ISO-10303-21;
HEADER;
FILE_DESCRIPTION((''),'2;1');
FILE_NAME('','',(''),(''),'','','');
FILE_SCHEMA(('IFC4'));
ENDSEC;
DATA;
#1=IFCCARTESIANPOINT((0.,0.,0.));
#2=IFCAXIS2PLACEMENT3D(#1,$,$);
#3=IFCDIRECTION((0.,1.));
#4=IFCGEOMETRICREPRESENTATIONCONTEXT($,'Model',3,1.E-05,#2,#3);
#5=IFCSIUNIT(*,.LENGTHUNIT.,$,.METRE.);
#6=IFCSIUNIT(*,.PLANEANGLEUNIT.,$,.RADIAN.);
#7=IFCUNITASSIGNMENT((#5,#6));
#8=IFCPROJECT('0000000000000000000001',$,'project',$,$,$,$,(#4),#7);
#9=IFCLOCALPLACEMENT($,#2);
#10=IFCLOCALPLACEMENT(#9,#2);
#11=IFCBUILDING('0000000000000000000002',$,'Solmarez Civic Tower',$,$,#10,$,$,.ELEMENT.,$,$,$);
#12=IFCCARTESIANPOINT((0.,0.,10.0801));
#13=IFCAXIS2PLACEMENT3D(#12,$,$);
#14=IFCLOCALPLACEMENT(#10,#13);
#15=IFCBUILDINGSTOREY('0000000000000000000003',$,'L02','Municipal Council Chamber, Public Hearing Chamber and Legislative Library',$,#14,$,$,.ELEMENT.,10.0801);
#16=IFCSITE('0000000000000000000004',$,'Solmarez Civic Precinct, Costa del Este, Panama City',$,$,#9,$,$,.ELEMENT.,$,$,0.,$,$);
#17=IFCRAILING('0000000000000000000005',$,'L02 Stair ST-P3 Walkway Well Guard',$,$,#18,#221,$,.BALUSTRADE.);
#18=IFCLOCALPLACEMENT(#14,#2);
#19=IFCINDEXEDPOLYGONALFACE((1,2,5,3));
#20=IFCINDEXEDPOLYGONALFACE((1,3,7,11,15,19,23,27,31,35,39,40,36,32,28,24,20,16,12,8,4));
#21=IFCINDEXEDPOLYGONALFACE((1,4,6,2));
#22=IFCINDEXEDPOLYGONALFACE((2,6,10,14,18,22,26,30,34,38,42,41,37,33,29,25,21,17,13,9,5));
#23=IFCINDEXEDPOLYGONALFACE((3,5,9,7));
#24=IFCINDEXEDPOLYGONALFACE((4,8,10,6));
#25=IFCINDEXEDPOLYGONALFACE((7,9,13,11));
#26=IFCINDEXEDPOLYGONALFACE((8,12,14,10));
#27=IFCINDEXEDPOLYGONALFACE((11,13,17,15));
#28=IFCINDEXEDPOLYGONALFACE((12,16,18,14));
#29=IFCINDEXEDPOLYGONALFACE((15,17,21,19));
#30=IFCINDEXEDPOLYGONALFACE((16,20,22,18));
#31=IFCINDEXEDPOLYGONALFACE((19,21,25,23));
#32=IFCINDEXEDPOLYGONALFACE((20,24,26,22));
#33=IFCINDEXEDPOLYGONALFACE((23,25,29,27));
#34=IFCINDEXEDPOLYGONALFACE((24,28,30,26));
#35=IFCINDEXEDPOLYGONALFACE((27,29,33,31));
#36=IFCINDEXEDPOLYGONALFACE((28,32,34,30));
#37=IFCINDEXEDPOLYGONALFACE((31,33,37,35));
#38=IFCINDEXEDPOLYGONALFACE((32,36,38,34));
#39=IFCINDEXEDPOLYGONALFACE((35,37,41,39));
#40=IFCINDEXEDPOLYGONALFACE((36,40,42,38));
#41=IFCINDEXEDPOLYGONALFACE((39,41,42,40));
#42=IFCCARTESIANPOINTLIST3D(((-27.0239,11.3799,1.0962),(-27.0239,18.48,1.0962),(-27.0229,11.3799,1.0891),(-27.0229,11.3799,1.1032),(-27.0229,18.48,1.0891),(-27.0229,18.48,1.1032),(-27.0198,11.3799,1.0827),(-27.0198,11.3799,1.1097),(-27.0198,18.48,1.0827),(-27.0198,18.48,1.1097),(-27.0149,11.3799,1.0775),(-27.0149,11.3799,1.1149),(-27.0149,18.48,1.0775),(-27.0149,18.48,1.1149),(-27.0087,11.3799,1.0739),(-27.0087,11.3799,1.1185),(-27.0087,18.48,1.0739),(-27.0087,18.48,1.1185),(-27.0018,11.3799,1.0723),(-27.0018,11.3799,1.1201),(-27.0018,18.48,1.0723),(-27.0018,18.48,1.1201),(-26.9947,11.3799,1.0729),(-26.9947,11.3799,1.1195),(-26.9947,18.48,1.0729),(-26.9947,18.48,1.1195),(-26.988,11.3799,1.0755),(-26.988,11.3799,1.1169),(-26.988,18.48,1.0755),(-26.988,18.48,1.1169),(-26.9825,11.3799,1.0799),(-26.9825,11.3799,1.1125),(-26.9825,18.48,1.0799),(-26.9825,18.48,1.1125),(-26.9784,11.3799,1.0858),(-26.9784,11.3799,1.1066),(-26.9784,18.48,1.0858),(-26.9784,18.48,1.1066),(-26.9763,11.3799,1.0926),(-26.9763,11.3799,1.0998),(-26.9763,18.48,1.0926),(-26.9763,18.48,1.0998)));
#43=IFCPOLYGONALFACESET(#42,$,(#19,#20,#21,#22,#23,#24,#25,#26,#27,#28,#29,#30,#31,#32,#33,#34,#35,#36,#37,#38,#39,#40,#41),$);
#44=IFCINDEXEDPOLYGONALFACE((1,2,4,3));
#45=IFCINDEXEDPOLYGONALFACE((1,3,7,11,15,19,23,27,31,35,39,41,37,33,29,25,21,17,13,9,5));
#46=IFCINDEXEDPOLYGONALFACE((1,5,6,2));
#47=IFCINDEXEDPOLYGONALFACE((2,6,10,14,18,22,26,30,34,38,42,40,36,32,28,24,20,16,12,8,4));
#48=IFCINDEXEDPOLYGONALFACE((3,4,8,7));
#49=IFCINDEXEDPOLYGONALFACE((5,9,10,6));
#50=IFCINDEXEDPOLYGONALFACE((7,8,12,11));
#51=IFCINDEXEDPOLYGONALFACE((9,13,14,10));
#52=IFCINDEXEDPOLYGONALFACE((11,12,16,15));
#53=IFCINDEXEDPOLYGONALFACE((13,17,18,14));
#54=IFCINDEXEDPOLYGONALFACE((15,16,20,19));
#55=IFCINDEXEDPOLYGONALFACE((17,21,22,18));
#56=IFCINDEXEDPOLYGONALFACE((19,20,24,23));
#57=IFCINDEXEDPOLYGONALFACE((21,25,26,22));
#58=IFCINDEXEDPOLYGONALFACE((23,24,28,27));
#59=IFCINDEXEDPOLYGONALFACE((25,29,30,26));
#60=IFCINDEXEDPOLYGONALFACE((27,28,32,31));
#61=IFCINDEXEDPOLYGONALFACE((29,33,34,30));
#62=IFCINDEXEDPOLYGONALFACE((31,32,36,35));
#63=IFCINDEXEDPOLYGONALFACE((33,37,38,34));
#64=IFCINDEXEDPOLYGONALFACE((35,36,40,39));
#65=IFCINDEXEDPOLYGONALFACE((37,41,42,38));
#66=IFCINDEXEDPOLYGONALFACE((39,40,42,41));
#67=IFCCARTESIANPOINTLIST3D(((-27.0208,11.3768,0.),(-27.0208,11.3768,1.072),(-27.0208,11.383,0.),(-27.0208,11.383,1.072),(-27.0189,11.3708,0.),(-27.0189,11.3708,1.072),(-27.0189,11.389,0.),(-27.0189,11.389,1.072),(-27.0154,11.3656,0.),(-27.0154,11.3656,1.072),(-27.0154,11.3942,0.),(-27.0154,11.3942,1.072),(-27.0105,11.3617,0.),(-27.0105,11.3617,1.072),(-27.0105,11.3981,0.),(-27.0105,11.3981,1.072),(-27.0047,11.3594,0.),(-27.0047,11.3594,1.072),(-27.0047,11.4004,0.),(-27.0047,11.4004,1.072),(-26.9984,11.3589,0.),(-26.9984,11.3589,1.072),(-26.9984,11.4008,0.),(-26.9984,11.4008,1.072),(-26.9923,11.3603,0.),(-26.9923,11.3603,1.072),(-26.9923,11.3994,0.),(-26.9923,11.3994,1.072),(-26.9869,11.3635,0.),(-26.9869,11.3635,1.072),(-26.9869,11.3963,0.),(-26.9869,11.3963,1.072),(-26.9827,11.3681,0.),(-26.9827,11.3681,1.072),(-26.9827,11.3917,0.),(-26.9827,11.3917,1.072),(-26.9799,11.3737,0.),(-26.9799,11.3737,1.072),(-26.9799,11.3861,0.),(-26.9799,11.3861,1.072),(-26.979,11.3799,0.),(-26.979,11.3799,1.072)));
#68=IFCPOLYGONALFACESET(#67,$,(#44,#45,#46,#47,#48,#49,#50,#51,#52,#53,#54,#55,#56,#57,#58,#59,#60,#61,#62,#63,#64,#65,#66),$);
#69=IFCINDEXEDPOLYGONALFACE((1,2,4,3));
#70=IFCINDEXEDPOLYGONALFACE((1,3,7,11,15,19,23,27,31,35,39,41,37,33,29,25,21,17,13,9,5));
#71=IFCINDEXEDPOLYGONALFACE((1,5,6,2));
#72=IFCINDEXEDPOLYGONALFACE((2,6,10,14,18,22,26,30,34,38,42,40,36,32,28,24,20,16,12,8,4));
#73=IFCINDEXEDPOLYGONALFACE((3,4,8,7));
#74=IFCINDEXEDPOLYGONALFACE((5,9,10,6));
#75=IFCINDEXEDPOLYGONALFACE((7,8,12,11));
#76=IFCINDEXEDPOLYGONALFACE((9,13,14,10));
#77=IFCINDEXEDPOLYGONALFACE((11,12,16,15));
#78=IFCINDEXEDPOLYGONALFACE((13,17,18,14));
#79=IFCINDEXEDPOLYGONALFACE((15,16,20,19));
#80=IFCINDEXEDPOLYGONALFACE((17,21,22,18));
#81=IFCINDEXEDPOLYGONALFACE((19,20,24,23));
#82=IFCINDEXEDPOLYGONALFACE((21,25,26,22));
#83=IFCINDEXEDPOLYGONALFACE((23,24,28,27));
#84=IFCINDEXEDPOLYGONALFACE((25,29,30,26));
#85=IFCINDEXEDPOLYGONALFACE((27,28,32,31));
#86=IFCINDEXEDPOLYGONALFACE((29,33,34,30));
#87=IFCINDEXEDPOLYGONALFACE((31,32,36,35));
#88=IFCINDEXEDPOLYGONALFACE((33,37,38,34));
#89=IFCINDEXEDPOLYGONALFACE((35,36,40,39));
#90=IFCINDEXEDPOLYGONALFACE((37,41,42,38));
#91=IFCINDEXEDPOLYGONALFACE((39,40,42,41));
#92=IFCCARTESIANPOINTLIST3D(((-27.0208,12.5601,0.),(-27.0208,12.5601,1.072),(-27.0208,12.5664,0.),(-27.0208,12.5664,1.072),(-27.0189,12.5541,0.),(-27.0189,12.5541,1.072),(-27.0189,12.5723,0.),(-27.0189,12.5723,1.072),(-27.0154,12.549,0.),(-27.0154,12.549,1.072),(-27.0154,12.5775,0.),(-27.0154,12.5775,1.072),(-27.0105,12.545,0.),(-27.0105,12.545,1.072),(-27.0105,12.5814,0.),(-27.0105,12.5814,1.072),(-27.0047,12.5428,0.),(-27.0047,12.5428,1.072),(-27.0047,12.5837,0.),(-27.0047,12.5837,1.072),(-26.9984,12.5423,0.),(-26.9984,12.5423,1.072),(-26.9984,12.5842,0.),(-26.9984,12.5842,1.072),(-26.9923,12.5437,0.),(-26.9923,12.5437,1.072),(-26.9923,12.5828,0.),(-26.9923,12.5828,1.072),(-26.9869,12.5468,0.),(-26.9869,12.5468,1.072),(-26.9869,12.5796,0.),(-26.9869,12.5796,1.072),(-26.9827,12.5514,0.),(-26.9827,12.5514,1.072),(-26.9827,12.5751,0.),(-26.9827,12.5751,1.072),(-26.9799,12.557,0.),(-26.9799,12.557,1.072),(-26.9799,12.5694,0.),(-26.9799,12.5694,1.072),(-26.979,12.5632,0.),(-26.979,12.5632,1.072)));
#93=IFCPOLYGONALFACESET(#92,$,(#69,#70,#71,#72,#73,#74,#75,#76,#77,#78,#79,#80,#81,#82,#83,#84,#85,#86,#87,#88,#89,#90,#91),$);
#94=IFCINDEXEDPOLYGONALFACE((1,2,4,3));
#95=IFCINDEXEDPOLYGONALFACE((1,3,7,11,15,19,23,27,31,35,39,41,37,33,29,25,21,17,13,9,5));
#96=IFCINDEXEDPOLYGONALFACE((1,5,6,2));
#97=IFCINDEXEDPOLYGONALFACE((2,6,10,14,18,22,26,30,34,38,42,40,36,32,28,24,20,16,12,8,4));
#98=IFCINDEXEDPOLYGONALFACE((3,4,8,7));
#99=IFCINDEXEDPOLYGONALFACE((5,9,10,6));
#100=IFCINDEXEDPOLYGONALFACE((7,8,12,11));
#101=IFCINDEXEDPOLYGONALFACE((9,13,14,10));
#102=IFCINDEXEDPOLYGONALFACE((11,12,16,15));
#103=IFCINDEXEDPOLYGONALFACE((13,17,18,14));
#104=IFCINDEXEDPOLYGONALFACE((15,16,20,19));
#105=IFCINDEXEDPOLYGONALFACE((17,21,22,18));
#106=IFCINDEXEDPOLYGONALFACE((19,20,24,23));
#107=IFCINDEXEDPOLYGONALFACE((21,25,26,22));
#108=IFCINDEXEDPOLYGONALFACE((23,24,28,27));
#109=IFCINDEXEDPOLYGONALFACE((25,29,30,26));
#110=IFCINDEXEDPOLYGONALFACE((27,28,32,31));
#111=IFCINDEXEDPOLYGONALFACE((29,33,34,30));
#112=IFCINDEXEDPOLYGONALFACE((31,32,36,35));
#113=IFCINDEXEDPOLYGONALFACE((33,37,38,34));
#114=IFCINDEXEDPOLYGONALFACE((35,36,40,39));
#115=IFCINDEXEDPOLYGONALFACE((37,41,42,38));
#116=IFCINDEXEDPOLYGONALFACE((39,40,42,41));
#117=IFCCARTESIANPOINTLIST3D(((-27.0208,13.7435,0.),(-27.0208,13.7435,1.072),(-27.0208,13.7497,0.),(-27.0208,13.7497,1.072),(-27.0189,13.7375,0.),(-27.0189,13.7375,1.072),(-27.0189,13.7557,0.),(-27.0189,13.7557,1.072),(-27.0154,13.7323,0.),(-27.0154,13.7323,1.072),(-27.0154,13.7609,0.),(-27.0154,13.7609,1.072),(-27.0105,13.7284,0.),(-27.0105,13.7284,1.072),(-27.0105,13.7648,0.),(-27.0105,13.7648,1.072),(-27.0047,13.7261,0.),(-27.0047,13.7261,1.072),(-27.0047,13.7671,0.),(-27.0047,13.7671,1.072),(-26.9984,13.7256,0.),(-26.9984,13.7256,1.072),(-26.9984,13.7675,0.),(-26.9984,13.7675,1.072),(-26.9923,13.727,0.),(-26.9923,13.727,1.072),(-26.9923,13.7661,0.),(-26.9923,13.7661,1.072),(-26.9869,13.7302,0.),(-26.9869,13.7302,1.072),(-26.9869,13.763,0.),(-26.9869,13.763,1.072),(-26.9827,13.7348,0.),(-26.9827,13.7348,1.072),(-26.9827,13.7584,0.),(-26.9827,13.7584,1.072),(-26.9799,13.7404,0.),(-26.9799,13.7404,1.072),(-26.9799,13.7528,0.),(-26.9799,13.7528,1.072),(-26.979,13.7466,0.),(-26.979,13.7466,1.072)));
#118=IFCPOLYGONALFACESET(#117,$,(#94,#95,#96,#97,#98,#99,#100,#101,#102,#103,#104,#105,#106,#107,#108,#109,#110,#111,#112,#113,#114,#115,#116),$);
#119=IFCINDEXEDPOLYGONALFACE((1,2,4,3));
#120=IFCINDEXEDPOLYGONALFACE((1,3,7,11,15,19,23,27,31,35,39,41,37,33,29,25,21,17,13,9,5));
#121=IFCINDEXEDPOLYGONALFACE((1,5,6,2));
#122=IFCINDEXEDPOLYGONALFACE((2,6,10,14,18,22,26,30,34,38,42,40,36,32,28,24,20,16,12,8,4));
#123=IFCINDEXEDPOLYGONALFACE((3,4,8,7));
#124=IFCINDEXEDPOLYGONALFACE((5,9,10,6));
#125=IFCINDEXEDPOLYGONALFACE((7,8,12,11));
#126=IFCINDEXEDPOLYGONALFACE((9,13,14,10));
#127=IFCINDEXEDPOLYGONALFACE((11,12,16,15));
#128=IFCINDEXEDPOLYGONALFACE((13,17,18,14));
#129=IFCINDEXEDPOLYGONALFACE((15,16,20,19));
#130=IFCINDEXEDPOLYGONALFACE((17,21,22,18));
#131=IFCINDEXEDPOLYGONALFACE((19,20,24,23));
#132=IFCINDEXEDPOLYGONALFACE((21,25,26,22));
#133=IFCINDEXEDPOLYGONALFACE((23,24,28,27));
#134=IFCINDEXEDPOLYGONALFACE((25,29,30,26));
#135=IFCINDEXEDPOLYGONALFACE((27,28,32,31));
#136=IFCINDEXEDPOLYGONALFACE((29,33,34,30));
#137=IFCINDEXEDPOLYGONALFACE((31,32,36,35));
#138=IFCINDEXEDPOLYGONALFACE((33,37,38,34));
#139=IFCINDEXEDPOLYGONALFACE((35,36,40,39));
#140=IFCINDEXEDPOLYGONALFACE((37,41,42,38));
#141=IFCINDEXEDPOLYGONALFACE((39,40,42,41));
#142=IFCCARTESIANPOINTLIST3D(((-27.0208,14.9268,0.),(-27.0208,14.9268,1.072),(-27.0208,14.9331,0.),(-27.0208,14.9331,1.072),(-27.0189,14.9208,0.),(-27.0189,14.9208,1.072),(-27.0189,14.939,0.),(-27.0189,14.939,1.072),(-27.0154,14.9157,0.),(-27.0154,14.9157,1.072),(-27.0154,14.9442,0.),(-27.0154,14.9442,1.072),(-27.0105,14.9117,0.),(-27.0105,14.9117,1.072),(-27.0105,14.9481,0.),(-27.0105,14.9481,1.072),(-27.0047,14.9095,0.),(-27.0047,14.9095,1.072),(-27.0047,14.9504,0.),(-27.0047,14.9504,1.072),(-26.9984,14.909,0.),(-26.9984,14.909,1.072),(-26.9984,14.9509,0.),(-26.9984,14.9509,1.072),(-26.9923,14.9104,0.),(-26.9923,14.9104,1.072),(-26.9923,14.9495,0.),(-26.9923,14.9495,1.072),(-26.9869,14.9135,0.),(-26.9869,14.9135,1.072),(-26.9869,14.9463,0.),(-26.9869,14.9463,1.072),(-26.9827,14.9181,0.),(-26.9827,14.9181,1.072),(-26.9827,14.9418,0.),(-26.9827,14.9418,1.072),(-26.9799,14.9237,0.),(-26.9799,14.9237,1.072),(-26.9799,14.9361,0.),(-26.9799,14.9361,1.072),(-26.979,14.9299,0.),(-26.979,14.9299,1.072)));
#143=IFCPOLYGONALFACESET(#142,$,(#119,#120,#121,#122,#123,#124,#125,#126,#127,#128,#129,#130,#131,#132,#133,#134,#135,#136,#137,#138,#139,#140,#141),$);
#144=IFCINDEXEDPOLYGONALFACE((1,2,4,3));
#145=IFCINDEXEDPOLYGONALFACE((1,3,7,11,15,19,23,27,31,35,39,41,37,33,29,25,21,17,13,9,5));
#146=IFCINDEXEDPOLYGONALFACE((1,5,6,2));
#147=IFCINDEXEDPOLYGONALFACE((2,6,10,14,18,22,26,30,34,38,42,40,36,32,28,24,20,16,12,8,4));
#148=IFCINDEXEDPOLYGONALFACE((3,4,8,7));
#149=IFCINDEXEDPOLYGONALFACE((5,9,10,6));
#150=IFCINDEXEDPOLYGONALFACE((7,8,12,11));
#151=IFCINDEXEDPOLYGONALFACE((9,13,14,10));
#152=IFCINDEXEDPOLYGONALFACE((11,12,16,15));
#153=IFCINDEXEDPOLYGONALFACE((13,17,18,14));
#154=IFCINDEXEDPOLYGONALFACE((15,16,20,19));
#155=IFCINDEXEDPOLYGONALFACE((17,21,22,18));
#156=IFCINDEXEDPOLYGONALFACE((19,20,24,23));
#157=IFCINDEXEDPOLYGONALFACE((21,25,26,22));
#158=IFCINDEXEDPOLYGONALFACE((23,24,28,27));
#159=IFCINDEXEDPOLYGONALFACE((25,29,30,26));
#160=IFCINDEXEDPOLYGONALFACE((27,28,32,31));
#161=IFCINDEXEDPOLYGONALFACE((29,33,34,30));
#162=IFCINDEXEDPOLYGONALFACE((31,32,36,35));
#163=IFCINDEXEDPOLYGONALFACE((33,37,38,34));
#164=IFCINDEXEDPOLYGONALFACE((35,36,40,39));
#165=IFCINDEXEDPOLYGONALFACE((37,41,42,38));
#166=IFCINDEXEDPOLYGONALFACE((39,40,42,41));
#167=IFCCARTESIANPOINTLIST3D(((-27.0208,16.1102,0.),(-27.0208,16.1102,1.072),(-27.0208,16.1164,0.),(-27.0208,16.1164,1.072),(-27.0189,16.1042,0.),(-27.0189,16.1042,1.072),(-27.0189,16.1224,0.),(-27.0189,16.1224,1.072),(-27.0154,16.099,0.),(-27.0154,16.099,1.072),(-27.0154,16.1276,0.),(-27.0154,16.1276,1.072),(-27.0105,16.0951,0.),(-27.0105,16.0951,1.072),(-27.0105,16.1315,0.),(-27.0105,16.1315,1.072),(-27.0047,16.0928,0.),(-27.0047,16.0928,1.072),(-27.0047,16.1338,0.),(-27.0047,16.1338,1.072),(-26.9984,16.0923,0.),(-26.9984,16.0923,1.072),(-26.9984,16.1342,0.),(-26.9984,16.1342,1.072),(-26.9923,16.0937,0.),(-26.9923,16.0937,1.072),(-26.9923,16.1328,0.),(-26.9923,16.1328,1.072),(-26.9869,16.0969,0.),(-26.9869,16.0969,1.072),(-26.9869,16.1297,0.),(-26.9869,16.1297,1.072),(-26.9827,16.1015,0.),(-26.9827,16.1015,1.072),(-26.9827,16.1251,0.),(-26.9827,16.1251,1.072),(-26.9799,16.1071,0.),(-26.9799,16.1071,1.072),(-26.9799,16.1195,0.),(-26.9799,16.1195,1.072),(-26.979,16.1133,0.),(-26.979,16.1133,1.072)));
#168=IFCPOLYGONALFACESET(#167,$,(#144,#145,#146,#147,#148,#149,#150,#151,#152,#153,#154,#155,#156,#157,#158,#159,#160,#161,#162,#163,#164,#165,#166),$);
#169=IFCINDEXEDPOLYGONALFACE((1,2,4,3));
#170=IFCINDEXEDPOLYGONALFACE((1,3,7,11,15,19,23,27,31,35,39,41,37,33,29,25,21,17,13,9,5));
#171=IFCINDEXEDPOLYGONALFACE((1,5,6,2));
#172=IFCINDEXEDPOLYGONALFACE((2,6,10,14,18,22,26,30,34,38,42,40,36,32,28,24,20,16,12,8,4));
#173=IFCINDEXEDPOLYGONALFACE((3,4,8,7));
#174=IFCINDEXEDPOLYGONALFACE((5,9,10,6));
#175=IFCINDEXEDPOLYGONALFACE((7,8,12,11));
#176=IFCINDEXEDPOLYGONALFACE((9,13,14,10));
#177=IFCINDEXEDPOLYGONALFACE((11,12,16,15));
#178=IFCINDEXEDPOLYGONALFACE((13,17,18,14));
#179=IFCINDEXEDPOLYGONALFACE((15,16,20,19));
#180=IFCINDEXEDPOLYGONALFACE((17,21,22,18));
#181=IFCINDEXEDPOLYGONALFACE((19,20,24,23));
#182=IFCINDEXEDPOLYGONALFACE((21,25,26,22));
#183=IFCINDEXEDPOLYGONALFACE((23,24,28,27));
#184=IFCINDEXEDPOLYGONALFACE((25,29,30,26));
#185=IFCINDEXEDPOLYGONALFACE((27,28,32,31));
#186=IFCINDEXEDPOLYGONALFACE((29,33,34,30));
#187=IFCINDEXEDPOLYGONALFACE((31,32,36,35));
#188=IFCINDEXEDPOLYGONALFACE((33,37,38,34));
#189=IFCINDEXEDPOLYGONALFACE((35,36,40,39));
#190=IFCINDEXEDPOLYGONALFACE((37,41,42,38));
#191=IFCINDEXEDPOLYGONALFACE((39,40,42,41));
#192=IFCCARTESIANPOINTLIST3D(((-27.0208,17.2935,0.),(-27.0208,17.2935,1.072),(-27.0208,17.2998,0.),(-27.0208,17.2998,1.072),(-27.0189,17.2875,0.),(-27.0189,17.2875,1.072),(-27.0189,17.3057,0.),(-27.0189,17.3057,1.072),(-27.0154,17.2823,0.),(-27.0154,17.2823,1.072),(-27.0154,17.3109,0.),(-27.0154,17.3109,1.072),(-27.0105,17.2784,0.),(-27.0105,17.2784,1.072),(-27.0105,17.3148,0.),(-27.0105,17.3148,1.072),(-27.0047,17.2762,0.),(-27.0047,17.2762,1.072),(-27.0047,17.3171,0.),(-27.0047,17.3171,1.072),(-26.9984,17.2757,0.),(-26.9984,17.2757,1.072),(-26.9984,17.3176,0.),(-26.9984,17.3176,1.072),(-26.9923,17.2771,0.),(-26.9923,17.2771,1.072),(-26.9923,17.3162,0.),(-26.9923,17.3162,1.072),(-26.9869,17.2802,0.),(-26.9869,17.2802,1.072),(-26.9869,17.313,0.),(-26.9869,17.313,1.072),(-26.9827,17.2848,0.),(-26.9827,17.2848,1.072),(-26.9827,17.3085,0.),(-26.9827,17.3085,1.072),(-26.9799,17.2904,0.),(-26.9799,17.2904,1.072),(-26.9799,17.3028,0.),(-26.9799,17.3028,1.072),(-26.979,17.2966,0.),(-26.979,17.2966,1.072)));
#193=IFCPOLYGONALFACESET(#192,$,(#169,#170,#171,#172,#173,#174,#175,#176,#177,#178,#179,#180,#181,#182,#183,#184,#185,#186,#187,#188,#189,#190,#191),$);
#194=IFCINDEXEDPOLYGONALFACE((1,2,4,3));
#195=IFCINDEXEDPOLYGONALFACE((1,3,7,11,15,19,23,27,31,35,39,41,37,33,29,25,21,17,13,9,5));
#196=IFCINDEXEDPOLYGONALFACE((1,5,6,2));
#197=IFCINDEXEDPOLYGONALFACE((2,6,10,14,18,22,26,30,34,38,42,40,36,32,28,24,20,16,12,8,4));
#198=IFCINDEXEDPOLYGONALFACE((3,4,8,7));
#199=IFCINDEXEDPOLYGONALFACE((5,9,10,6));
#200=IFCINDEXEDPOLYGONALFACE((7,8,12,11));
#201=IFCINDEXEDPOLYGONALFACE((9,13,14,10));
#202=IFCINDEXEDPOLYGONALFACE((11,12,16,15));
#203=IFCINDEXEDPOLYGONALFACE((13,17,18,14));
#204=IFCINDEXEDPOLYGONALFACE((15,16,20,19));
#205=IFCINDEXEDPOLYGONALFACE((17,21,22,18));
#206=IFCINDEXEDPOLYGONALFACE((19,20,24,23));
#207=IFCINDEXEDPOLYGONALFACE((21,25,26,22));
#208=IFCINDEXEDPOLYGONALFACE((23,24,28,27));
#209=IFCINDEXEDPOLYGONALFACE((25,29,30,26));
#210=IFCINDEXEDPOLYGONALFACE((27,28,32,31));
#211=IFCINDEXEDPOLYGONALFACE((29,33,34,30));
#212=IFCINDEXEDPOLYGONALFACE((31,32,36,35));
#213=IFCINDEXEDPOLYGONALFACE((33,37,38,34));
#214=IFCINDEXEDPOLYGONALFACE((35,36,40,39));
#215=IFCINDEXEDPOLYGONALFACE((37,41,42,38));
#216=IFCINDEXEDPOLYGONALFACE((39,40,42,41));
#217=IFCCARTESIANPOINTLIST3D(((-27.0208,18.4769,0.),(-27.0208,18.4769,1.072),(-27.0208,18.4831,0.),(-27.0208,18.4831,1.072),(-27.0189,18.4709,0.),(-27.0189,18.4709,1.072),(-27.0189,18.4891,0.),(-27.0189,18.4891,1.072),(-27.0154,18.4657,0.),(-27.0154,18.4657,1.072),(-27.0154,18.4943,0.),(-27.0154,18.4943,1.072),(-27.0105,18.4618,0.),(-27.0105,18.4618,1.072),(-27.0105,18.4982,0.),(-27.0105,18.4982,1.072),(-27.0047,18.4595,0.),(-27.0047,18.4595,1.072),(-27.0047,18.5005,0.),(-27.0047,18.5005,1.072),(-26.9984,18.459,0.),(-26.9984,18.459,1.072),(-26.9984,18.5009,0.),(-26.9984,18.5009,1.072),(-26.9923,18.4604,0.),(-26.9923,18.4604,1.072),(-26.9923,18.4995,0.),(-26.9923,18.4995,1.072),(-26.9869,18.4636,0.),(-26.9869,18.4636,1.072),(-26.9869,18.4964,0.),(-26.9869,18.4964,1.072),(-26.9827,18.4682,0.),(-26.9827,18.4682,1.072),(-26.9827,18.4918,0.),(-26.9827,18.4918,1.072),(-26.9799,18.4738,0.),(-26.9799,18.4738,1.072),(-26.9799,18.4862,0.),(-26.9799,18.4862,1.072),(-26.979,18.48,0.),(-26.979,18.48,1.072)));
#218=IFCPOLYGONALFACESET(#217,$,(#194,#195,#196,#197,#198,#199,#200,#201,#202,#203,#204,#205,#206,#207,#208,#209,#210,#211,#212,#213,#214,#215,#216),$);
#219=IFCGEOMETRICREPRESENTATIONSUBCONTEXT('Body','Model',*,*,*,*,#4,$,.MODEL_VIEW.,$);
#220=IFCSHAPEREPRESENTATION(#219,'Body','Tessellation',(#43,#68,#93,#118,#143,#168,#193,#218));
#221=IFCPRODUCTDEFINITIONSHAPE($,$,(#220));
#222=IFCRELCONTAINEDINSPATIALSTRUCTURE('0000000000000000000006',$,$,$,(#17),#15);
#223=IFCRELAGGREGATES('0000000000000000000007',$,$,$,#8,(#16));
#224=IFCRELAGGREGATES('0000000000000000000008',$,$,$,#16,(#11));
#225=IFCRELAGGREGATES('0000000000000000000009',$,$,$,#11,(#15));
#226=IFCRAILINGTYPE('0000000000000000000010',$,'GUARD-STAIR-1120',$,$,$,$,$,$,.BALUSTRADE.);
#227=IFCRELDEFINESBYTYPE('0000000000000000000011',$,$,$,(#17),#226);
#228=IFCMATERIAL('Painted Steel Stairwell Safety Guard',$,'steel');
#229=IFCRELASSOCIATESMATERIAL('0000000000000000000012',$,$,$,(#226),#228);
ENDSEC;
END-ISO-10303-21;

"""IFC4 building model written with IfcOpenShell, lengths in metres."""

from ifc_helpers import new_model, si_unit, direction, frame, origin, origin_2d, place, context, subcontext, project, spatial, circle, extrude, material, type_object, element, save


model = new_model("IFC4")

# Units and contexts
model_context = context("Model", 3, precision=1e-05, world=origin(), true_north=direction((0.0, 1.0)))
body_context = subcontext(model_context, "Body", "Model", "MODEL_VIEW")
ifc_project = project(units=[si_unit("LENGTHUNIT", "METRE"), si_unit("PLANEANGLEUNIT", "RADIAN")], contexts=[model_context])

# Site, building, storey
site_placement = place(None, origin())
site = spatial("IfcSite", under=ifc_project, at=site_placement, Name="Solmarez Civic Precinct, Costa del Este, Panama City", CompositionType="ELEMENT", RefElevation=0.0)
building_placement = place(site_placement, origin())
building = spatial("IfcBuilding", under=site, at=building_placement, Name="Solmarez Civic Tower", CompositionType="ELEMENT")
storey_placement = place(building_placement, frame((0.0, 0.0, 10.0801)))
storey = spatial("IfcBuildingStorey", under=building, at=storey_placement, Name="L02", Description="Municipal Council Chamber, Public Hearing Chamber and Legislative Library", CompositionType="ELEMENT", Elevation=10.0801)

# Railing
ifc_material_1 = material(Name="Painted Steel Stairwell Safety Guard", Category="steel")
railing_type_1 = type_object("IfcRailingType", Name="GUARD-STAIR-1120", PredefinedType="BALUSTRADE", material=ifc_material_1)
railing_1_placement = place(storey_placement, frame((-27.0, 11.3799, 0.0)))
element("IfcRailing", 1, at=railing_1_placement, inside=storey, type_object=railing_type_1, Name="L02 Stair ST-P3 Walkway Well Guard", PredefinedType="BALUSTRADE", context=body_context, shape_type="SweptSolid", body=[
    extrude(circle(Radius=0.0239, at=origin_2d()), frame((0.0, 0.0, 1.0962), z_axis=(0.0, 1.0, 0.0), x_axis=(-1.0, 0.0, 0.0)), (0.0, 0.0, 1.0), 7.1001),
    extrude(circle(Radius=0.021, at=origin_2d()), origin(), (0.0, 0.0, 1.0), 1.072),
    extrude(circle(Radius=0.021, at=origin_2d()), frame((0.0, 1.1833, 0.0)), (0.0, 0.0, 1.0), 1.072),
    extrude(circle(Radius=0.021, at=origin_2d()), frame((0.0, 2.3667, 0.0)), (0.0, 0.0, 1.0), 1.072),
    extrude(circle(Radius=0.021, at=origin_2d()), frame((0.0, 3.55, 0.0)), (0.0, 0.0, 1.0), 1.072),
    extrude(circle(Radius=0.021, at=origin_2d()), frame((0.0, 4.7334, 0.0)), (0.0, 0.0, 1.0), 1.072),
    extrude(circle(Radius=0.021, at=origin_2d()), frame((0.0, 5.9167, 0.0)), (0.0, 0.0, 1.0), 1.072),
    extrude(circle(Radius=0.021, at=origin_2d()), frame((0.0, 7.1001, 0.0)), (0.0, 0.0, 1.0), 1.072),
])

save(model, "model.ifc")
